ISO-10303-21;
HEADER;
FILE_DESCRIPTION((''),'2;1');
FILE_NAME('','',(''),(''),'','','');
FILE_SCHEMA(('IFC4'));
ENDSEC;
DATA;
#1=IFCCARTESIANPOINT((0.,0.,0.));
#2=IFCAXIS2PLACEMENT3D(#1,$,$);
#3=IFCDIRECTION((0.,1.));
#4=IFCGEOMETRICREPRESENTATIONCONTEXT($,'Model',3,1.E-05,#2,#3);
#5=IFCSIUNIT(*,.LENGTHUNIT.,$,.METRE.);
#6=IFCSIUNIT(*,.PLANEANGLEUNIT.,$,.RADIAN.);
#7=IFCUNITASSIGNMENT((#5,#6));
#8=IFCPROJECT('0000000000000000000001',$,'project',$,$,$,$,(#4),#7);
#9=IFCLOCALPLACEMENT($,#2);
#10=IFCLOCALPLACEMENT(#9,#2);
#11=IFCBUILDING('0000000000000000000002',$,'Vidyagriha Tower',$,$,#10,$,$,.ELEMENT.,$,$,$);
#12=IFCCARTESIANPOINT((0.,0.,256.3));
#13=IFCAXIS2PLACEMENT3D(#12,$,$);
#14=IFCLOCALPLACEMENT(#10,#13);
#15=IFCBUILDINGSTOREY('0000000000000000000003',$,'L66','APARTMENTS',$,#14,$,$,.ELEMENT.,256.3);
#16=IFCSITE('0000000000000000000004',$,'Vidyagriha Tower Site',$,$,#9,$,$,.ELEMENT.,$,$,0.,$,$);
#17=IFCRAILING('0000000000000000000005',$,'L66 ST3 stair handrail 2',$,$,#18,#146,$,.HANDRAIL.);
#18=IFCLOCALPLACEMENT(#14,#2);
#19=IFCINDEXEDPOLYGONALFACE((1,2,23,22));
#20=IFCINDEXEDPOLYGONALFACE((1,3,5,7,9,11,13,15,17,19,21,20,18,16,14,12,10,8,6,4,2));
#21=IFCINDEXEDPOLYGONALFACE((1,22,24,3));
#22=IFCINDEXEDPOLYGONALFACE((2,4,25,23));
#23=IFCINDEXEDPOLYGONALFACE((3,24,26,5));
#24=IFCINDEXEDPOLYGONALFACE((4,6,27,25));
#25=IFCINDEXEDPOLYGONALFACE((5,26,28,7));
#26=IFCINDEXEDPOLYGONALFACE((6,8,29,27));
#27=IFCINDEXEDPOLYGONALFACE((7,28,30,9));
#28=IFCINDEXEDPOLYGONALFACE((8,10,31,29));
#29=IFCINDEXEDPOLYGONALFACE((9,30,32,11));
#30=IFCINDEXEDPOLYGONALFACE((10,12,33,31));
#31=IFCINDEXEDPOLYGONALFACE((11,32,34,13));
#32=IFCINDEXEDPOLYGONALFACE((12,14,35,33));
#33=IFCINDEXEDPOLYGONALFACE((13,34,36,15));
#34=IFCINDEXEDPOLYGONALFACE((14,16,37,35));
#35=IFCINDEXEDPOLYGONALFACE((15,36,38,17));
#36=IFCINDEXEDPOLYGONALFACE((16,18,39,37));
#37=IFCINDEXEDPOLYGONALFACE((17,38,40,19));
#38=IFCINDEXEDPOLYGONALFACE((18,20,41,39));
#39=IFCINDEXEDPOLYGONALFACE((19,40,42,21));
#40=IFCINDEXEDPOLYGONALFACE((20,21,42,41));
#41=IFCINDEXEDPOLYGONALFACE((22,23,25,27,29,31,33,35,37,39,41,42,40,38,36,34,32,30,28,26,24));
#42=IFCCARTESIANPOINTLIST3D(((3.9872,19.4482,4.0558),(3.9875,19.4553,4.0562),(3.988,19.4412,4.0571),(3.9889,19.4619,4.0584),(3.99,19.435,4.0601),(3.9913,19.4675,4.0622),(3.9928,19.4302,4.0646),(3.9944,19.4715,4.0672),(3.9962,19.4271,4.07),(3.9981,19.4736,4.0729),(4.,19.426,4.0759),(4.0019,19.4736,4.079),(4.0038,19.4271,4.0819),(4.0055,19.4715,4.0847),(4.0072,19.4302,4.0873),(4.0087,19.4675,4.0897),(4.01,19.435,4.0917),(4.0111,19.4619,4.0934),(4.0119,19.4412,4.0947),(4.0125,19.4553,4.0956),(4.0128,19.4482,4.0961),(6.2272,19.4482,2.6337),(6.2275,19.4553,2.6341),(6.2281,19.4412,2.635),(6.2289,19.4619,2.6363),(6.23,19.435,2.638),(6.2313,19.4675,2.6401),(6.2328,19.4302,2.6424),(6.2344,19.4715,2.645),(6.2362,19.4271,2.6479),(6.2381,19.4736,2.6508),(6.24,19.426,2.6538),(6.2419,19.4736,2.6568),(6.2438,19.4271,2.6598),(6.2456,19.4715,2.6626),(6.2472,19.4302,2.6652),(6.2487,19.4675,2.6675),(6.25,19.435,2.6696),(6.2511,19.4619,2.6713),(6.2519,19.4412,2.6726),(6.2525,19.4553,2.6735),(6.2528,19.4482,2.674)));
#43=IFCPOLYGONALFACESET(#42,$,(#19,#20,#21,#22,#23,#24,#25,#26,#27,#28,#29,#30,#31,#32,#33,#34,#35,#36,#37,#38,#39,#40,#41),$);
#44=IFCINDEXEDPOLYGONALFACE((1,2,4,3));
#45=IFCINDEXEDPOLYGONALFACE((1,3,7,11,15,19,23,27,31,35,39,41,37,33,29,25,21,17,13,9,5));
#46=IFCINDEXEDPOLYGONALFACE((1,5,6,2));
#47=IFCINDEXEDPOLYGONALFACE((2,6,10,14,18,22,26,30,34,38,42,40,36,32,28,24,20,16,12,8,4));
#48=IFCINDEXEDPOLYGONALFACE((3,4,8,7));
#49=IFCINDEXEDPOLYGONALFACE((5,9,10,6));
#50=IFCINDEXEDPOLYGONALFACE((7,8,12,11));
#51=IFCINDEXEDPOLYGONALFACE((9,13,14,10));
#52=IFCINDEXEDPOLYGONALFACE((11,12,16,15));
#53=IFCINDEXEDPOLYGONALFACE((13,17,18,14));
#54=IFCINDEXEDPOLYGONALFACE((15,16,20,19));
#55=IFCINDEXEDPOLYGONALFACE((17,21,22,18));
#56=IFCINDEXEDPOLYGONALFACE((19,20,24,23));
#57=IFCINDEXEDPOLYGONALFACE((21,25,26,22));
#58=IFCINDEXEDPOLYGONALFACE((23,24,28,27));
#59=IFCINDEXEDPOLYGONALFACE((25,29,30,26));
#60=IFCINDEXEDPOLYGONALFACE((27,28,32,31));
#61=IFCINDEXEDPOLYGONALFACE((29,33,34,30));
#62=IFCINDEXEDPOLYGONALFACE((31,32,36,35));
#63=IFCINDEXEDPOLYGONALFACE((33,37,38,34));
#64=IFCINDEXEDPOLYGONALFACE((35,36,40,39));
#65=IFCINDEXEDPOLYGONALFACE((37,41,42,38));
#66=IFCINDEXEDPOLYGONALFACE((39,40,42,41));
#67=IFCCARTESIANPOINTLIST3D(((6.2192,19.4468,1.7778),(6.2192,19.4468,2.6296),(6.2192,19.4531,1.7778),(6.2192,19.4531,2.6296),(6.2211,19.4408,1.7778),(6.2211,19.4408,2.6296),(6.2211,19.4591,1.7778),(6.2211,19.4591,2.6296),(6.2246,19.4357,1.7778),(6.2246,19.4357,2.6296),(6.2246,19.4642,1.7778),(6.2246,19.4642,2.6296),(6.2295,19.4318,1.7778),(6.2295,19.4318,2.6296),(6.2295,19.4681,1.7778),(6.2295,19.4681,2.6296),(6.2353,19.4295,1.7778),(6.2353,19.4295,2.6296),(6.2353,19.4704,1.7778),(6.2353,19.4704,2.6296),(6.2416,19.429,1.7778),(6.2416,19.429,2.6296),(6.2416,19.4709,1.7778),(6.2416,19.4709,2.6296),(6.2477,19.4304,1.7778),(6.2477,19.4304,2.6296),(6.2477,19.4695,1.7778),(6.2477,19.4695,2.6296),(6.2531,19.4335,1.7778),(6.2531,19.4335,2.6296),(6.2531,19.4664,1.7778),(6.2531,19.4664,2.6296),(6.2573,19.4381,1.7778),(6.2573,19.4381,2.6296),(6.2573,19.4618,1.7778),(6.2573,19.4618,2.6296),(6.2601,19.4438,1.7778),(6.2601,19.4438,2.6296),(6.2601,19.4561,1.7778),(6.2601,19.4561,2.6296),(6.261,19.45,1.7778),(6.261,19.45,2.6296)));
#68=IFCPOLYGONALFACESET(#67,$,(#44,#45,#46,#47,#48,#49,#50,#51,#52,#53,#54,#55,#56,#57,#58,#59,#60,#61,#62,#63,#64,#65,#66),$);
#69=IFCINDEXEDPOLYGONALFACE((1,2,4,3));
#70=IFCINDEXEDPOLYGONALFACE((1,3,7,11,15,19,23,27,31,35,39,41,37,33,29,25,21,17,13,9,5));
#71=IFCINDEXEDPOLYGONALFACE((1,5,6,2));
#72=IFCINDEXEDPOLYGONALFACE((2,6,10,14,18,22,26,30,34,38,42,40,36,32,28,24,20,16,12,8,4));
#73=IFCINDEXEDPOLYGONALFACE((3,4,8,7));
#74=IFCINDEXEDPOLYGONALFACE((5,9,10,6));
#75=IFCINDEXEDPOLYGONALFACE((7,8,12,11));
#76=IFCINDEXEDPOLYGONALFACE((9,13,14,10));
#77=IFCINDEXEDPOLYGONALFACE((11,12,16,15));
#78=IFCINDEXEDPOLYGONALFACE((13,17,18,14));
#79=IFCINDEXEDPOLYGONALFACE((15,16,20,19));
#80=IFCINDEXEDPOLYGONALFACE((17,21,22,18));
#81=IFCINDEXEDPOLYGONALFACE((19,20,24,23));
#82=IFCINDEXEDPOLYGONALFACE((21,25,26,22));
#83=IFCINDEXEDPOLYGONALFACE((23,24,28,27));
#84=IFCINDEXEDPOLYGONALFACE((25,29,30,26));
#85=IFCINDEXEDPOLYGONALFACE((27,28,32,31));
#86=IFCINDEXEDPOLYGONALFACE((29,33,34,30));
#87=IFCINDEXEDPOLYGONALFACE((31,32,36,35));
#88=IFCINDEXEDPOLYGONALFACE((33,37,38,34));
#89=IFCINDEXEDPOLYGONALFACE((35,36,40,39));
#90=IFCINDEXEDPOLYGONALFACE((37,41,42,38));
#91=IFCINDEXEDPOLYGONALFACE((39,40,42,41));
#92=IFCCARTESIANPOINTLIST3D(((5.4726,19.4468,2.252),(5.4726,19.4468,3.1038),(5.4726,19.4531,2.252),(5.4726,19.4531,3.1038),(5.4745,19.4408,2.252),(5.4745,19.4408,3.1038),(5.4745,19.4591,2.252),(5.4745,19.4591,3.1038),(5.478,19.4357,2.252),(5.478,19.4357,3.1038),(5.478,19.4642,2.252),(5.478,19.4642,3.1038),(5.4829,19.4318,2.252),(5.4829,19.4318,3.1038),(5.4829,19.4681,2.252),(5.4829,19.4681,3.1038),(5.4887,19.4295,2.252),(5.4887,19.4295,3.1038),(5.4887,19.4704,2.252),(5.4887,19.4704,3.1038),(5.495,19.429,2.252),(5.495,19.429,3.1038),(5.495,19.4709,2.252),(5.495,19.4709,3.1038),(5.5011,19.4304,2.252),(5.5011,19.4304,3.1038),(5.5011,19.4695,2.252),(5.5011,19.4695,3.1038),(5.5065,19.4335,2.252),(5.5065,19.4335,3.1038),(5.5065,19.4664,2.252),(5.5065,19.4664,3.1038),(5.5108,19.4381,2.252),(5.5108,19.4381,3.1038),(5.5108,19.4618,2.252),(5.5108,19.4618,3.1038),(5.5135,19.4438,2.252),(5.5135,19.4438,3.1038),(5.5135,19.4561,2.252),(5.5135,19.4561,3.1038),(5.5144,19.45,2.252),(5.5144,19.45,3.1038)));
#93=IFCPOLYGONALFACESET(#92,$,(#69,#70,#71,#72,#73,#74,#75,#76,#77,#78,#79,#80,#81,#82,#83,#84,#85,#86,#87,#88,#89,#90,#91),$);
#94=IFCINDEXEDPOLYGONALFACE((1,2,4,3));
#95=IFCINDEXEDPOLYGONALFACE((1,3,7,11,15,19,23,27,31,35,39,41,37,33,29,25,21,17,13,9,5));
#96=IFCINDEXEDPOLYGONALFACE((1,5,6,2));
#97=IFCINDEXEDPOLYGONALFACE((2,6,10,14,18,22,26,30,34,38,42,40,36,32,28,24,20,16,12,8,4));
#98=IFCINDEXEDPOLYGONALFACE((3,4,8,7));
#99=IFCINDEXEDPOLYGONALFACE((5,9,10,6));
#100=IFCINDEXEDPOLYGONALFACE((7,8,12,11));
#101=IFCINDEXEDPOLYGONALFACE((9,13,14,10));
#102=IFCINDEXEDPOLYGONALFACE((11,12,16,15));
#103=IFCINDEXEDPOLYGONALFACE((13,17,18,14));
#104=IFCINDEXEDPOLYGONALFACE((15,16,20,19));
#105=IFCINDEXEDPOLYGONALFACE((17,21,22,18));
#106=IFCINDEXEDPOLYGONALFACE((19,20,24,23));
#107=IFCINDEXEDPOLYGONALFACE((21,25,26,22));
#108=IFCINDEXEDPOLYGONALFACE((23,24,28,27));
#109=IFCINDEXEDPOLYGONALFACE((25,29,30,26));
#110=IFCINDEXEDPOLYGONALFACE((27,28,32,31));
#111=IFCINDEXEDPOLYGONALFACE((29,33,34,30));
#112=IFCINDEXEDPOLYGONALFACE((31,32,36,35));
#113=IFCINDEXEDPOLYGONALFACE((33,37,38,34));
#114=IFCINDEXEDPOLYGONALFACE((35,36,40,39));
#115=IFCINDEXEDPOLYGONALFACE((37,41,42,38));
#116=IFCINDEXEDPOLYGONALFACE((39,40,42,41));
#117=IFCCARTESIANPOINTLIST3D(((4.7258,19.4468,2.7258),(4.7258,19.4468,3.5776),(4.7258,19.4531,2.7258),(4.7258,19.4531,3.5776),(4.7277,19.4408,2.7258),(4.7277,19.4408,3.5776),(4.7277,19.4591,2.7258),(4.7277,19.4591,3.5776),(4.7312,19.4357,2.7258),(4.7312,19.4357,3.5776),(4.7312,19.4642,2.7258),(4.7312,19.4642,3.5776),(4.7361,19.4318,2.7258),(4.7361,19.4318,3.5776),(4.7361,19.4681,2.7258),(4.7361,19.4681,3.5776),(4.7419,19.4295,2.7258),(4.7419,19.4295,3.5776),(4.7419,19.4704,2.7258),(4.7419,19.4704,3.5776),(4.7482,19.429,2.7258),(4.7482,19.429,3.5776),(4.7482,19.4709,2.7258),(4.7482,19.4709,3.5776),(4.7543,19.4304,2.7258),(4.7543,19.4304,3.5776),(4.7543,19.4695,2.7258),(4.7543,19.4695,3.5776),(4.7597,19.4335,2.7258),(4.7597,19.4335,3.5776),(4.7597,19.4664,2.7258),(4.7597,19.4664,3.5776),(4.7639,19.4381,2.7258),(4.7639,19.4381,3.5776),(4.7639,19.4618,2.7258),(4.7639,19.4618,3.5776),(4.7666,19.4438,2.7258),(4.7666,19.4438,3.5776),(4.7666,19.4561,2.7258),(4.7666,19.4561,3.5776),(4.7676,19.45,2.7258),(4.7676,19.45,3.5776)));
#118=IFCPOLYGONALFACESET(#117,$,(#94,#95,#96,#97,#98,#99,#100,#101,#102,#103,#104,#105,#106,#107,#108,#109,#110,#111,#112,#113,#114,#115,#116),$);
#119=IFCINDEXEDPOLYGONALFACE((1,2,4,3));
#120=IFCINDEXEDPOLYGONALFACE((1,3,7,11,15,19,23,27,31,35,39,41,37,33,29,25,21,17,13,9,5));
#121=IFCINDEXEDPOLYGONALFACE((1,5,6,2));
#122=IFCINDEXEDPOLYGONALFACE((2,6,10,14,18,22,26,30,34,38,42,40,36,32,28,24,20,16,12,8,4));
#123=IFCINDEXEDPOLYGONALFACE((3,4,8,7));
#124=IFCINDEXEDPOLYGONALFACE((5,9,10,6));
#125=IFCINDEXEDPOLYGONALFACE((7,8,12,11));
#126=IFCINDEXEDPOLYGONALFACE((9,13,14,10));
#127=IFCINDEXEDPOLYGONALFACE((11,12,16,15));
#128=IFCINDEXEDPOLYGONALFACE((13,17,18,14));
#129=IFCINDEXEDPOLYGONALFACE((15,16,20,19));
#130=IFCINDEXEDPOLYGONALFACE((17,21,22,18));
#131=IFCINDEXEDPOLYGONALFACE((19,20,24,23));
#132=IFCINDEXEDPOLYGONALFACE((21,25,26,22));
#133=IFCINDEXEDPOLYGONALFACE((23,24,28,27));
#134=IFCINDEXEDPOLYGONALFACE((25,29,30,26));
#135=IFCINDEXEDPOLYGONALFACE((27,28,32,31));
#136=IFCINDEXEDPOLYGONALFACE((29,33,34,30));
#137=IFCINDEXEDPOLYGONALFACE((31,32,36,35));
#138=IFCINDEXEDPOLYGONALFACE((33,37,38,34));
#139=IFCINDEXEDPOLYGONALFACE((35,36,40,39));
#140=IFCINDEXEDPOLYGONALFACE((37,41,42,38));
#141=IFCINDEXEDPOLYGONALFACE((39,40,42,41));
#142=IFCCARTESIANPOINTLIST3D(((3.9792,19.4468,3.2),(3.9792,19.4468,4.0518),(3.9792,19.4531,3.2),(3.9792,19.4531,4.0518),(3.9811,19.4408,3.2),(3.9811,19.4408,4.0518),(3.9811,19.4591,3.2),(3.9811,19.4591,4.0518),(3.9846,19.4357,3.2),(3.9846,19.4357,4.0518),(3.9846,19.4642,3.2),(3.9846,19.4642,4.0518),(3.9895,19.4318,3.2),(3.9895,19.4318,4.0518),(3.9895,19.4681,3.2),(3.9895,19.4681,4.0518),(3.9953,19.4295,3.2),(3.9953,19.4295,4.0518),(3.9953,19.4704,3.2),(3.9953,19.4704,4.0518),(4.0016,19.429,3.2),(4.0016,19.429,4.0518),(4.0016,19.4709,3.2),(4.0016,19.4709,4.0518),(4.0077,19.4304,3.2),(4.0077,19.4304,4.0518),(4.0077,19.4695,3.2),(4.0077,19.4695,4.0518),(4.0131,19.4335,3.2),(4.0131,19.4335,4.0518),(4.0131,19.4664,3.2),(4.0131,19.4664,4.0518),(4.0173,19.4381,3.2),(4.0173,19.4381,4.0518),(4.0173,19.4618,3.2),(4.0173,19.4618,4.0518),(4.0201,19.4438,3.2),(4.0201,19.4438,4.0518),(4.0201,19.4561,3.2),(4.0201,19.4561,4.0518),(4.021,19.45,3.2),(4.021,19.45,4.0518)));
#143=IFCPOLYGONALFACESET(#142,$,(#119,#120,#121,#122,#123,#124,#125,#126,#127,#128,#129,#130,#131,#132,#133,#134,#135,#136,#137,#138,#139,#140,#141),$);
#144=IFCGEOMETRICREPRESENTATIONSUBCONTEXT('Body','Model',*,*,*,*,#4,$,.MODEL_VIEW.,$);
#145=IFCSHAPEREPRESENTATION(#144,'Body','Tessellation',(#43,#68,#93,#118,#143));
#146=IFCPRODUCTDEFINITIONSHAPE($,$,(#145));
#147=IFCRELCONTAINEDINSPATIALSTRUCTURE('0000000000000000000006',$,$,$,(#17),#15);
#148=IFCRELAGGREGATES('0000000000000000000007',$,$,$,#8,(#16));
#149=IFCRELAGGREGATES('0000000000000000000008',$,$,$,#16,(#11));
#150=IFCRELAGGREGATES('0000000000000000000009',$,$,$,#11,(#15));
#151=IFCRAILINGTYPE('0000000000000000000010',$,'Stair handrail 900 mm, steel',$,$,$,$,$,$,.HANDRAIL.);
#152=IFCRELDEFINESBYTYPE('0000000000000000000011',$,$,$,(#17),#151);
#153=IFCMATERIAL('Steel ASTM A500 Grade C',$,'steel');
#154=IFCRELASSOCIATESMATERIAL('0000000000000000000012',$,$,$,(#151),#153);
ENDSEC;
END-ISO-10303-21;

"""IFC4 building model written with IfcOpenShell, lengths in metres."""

from ifc_helpers import new_model, si_unit, direction, frame, origin, origin_2d, place, context, subcontext, project, spatial, circle, extrude, material, type_object, element, save


model = new_model("IFC4")

# Units and contexts
model_context = context("Model", 3, precision=1e-05, world=origin(), true_north=direction((0.0, 1.0)))
body_context = subcontext(model_context, "Body", "Model", "MODEL_VIEW")
ifc_project = project(units=[si_unit("LENGTHUNIT", "METRE"), si_unit("PLANEANGLEUNIT", "RADIAN")], contexts=[model_context])

# Site, building, storey
site_placement = place(None, origin())
site = spatial("IfcSite", under=ifc_project, at=site_placement, Name="Vidyagriha Tower Site", CompositionType="ELEMENT", RefElevation=0.0)
building_placement = place(site_placement, origin())
building = spatial("IfcBuilding", under=site, at=building_placement, Name="Vidyagriha Tower", CompositionType="ELEMENT")
storey_placement = place(building_placement, frame((0.0, 0.0, 256.3)))
storey = spatial("IfcBuildingStorey", under=building, at=storey_placement, Name="L66", Description="APARTMENTS", CompositionType="ELEMENT", Elevation=256.3)

# Railing
ifc_material_1 = material(Name="Steel ASTM A500 Grade C", Category="steel")
railing_type_1 = type_object("IfcRailingType", Name="Stair handrail 900 mm, steel", PredefinedType="HANDRAIL", material=ifc_material_1)
railing_1_placement = place(storey_placement, frame((6.24, 19.45, 1.7778)))
element("IfcRailing", 1, at=railing_1_placement, inside=storey, type_object=railing_type_1, Name="L66 ST3 stair handrail 2", PredefinedType="HANDRAIL", context=body_context, shape_type="SweptSolid", body=[
    extrude(circle(Radius=0.0239, at=origin_2d()), frame((0.0, 0.0, 0.876), z_axis=(-0.844229, 0.0, 0.535982), x_axis=(0.0, -1.0, 0.0)), (0.0, 0.0, 1.0), 2.6533),
    extrude(circle(Radius=0.021, at=origin_2d()), origin(), (0.0, 0.0, 1.0), 0.8518),
    extrude(circle(Radius=0.021, at=origin_2d()), frame((-0.7466, 0.0, 0.4741)), (0.0, 0.0, 1.0), 0.8518),
    extrude(circle(Radius=0.021, at=origin_2d()), frame((-1.4934, 0.0, 0.948)), (0.0, 0.0, 1.0), 0.8518),
    extrude(circle(Radius=0.021, at=origin_2d()), frame((-2.24, 0.0, 1.4221)), (0.0, 0.0, 1.0), 0.8518),
])

save(model, "model.ifc")
